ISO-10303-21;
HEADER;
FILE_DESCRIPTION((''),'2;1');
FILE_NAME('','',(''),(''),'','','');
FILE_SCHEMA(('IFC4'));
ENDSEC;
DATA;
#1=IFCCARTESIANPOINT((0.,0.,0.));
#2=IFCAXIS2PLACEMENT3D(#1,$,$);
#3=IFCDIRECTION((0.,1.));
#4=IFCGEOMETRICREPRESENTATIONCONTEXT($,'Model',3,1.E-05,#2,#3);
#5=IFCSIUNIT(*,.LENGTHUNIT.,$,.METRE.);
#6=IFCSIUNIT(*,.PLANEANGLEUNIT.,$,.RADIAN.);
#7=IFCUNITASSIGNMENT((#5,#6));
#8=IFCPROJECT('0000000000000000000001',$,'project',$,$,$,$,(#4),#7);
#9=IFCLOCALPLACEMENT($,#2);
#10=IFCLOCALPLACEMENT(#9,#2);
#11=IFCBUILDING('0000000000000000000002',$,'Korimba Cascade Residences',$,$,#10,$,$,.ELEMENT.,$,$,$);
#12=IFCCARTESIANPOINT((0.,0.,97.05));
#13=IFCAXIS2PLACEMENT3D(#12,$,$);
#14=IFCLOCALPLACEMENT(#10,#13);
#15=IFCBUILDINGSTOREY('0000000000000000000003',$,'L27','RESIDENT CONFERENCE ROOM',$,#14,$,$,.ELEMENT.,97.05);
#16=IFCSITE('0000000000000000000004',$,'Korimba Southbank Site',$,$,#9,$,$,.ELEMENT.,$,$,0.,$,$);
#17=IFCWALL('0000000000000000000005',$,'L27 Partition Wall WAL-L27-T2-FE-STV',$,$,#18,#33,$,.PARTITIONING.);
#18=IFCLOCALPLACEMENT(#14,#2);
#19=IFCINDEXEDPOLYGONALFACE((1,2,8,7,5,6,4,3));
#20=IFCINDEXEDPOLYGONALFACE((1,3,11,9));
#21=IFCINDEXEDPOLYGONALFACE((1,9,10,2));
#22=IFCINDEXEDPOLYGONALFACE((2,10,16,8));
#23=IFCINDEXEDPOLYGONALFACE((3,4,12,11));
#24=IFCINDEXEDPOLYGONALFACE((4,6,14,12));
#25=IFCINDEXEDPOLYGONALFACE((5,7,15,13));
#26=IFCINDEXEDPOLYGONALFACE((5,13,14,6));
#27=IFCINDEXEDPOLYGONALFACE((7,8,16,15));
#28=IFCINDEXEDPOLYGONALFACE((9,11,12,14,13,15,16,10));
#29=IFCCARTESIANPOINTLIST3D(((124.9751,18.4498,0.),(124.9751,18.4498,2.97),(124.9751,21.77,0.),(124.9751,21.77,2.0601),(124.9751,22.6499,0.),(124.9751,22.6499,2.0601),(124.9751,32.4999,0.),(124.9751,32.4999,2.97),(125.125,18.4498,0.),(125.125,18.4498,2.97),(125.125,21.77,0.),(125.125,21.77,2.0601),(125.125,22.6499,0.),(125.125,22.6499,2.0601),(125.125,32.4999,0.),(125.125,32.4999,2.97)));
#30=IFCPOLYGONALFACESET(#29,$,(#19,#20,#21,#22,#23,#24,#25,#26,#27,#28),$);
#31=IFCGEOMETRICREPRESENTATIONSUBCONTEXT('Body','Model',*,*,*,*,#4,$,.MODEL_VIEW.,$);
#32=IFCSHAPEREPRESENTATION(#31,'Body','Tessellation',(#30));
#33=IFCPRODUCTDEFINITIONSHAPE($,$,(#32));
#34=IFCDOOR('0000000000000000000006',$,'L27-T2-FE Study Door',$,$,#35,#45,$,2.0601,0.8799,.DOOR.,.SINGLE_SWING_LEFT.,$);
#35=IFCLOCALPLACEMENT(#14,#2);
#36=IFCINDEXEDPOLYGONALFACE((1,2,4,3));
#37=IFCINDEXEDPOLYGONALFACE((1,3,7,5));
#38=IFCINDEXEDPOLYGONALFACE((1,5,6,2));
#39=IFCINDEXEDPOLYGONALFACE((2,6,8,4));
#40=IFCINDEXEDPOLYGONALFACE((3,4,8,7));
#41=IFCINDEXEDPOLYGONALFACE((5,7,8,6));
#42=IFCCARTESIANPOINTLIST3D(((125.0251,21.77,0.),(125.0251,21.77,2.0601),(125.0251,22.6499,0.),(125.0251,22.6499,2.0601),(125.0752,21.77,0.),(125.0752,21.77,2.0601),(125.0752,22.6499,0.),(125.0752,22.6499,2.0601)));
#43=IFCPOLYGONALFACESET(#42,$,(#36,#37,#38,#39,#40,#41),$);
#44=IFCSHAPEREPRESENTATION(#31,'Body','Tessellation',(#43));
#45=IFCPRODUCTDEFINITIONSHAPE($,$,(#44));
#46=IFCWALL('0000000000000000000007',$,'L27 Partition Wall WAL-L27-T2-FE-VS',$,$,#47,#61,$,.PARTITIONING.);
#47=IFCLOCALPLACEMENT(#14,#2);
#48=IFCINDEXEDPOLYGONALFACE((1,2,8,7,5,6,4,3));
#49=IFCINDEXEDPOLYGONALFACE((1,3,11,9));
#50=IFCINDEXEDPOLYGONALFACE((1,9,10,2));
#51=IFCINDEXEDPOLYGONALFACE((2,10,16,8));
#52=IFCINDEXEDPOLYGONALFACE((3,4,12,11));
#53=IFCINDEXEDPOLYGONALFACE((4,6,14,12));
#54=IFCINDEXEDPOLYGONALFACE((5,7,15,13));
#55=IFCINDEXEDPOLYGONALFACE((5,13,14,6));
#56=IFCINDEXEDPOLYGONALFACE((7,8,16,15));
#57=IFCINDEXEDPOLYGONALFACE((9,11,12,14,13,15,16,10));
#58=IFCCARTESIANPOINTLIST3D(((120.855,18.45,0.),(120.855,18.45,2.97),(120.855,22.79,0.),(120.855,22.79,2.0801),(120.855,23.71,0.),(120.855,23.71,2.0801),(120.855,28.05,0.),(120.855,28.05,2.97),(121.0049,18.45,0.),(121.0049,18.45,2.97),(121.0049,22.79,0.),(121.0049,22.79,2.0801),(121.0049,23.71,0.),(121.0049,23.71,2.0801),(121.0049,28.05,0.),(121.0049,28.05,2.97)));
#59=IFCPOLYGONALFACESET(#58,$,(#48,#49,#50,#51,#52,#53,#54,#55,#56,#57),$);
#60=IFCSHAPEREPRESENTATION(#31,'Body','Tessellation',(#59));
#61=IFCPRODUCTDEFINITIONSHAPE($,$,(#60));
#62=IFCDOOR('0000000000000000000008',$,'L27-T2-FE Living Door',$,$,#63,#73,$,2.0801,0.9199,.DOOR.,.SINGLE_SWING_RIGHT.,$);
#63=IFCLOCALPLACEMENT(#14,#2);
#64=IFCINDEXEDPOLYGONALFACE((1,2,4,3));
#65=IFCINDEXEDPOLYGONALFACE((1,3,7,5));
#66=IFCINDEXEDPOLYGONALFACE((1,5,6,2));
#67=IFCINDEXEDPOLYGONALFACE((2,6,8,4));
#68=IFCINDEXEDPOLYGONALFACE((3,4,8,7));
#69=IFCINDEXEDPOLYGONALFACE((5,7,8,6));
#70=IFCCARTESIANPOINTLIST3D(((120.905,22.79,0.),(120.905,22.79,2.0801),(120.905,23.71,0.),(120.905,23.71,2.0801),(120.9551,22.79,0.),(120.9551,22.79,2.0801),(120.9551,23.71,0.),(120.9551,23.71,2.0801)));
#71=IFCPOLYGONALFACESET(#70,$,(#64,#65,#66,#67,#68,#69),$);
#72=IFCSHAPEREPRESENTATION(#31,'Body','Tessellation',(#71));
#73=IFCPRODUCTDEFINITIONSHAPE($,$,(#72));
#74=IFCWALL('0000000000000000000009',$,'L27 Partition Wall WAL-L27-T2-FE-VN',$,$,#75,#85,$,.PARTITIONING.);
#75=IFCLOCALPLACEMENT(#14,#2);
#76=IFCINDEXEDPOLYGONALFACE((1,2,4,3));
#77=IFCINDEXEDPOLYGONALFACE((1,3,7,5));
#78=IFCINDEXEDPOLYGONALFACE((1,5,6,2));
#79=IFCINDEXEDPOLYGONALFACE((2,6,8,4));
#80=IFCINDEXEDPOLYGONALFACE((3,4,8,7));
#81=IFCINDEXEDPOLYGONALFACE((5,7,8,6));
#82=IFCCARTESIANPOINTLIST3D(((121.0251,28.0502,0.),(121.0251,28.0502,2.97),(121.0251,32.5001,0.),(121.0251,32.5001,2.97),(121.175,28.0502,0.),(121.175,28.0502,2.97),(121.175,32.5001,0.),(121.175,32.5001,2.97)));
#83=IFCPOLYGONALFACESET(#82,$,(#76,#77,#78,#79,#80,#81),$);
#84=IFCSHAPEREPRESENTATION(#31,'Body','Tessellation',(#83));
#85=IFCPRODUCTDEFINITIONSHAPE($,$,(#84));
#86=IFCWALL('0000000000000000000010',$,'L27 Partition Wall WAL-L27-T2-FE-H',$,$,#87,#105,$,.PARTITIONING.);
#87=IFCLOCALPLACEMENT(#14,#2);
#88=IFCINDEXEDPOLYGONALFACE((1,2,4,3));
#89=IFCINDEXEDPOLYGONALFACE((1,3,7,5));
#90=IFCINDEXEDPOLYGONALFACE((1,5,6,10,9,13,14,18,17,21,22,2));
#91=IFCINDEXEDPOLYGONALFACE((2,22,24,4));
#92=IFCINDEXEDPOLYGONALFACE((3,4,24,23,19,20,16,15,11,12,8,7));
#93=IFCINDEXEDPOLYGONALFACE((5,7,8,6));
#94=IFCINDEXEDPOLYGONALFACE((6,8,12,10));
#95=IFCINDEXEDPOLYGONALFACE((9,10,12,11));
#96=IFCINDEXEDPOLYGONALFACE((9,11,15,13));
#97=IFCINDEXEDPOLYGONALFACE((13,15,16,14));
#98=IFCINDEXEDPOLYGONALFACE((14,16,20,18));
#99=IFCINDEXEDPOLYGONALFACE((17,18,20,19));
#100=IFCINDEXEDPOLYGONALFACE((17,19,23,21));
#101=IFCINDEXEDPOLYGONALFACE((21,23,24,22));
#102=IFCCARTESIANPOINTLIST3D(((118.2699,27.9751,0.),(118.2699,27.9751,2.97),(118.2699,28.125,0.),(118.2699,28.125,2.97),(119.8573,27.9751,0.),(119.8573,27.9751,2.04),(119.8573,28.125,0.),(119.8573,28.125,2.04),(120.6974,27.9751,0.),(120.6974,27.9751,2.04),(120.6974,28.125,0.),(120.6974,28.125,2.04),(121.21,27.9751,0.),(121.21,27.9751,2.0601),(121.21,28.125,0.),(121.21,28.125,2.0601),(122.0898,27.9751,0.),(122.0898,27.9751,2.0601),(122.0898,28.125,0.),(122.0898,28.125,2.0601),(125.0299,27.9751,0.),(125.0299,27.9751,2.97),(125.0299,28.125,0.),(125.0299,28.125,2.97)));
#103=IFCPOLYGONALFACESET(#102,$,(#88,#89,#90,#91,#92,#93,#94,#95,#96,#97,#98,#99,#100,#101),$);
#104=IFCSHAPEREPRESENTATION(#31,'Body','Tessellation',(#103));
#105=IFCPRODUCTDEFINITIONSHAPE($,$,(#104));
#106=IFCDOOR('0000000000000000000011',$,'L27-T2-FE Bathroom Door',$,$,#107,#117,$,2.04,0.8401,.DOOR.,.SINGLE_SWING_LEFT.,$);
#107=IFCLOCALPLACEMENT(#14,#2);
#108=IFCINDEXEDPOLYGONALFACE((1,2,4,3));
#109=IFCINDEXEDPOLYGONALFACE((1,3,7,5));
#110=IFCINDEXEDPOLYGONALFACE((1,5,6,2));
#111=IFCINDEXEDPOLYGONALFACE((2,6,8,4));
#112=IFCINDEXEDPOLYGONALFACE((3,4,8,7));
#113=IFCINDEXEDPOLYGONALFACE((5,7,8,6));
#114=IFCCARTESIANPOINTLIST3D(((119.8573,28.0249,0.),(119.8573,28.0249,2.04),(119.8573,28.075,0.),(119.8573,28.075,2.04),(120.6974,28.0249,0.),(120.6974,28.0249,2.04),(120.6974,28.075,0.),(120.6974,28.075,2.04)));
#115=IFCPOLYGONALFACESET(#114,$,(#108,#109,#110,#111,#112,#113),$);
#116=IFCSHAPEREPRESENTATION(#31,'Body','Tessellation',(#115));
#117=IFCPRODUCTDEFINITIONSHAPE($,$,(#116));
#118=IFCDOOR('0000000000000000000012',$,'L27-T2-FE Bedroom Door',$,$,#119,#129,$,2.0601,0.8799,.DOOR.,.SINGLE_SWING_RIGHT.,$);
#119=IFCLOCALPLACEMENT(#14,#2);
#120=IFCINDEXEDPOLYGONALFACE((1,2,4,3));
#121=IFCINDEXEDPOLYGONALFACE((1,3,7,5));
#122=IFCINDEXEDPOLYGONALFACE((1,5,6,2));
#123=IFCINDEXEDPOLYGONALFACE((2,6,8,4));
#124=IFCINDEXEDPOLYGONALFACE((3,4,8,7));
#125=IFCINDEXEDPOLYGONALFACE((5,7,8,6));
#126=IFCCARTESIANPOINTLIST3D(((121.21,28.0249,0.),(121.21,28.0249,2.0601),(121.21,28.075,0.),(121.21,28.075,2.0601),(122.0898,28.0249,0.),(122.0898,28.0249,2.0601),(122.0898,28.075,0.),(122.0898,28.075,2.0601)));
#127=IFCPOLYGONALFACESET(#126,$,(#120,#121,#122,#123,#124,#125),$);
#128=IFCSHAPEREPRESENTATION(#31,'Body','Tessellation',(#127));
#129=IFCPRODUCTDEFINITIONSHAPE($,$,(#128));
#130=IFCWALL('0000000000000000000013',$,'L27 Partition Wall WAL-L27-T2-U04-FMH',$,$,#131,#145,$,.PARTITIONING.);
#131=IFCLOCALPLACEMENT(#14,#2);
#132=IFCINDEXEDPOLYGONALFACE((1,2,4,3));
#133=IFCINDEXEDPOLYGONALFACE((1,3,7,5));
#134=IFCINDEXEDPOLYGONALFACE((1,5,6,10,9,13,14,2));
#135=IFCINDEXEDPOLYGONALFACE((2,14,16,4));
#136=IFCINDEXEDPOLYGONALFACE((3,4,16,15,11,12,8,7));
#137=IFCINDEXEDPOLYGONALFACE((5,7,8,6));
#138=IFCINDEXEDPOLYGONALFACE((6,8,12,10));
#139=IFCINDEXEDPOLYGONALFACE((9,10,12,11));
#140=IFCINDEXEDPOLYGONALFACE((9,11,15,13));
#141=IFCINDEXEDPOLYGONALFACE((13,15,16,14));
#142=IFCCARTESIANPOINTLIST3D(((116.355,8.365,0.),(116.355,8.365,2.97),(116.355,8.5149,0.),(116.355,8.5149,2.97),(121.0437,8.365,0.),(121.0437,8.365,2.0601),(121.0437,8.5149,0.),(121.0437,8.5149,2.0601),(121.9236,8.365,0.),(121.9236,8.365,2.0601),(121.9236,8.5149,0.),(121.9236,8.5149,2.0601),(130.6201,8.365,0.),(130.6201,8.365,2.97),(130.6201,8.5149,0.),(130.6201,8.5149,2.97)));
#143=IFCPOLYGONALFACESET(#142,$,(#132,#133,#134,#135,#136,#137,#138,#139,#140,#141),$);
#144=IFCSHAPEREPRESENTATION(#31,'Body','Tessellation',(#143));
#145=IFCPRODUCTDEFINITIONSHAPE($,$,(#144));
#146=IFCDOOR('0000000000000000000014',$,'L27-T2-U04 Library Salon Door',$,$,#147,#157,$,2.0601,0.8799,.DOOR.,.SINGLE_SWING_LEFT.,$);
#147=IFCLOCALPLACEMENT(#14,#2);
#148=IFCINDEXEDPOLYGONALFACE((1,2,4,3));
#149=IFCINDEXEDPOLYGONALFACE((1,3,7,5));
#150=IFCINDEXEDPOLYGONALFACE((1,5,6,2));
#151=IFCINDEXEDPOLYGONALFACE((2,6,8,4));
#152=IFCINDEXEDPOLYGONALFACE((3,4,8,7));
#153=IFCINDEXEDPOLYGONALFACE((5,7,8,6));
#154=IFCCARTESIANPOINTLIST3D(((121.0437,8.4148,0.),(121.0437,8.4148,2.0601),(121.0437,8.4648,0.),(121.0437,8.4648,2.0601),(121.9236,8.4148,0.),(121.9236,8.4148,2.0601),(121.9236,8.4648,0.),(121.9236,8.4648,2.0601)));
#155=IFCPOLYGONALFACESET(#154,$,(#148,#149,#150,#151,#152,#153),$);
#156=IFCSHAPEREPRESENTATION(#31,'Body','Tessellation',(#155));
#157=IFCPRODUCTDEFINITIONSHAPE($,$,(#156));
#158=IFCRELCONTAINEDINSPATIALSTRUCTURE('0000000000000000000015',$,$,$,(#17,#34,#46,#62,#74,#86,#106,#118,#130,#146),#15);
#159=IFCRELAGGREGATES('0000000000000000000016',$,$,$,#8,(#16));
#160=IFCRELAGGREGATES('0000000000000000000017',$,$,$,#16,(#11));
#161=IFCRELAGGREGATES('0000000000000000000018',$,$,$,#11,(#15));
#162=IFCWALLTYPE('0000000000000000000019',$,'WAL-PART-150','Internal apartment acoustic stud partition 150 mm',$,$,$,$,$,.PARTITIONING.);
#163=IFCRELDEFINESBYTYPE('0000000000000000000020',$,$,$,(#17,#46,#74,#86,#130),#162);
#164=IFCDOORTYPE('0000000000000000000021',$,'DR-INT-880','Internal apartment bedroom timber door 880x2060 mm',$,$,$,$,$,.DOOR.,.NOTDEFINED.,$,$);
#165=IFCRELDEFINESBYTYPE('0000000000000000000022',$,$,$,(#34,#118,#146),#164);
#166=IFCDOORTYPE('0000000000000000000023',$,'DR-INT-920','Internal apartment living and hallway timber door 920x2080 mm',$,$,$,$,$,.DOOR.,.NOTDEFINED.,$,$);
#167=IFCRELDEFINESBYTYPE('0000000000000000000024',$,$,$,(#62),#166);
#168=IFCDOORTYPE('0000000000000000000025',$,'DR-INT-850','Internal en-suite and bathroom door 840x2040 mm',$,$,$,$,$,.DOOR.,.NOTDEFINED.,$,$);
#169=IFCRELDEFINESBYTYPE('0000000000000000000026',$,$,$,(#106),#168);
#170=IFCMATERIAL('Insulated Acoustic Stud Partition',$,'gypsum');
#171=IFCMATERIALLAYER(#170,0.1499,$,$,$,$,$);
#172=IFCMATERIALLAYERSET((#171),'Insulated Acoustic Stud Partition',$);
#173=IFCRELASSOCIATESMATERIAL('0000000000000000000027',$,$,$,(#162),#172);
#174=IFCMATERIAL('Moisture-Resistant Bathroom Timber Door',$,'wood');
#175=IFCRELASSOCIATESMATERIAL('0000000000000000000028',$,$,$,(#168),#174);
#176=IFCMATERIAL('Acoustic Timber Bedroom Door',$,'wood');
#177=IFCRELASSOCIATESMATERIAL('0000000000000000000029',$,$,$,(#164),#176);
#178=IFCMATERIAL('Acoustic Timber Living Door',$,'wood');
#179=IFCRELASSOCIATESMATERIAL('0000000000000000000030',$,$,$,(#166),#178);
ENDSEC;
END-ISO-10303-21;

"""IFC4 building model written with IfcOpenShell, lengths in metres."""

from ifc_helpers import new_model, si_unit, direction, frame, frame_2d, origin, place, context, subcontext, project, spatial, rectangle, extrude, material, layer, layer_set, type_object, element, fill, save


model = new_model("IFC4")

# Units and contexts
model_context = context("Model", 3, precision=1e-05, world=origin(), true_north=direction((0.0, 1.0)))
body_context = subcontext(model_context, "Body", "Model", "MODEL_VIEW")
ifc_project = project(units=[si_unit("LENGTHUNIT", "METRE"), si_unit("PLANEANGLEUNIT", "RADIAN")], contexts=[model_context])

# Site, building, storey
site_placement = place(None, origin())
site = spatial("IfcSite", under=ifc_project, at=site_placement, Name="Korimba Southbank Site", CompositionType="ELEMENT", RefElevation=0.0)
building_placement = place(site_placement, origin())
building = spatial("IfcBuilding", under=site, at=building_placement, Name="Korimba Cascade Residences", CompositionType="ELEMENT")
storey_placement = place(building_placement, frame((0.0, 0.0, 97.05)))
storey = spatial("IfcBuildingStorey", under=building, at=storey_placement, Name="L27", Description="RESIDENT CONFERENCE ROOM", CompositionType="ELEMENT", Elevation=97.05)

# Walls, openings, doors
ifc_material_1 = material(Name="Insulated Acoustic Stud Partition", Category="gypsum")
ifc_layer_1 = layer(ifc_material_1, 0.1499)
ifc_layer_set_1 = layer_set([ifc_layer_1], Name="Insulated Acoustic Stud Partition")
wall_type_1 = type_object("IfcWallType", Name="WAL-PART-150", Description="Internal apartment acoustic stud partition 150 mm", PredefinedType="PARTITIONING", material=ifc_layer_set_1)
ifc_material_2 = material(Name="Moisture-Resistant Bathroom Timber Door", Category="wood")
door_type_1 = type_object("IfcDoorType", Name="DR-INT-850", Description="Internal en-suite and bathroom door 840x2040 mm", OperationType="NOTDEFINED", PredefinedType="DOOR", material=ifc_material_2)
wall_1_placement = place(storey_placement, frame((125.05, 18.45, 0.0), z_axis=(0.0, 0.0, 1.0), x_axis=(0.0, 1.0, 0.0)))
wall_1 = element("IfcWall", 1, at=wall_1_placement, inside=storey, type_object=wall_type_1, Name="L27 Partition Wall WAL-L27-T2-FE-STV", PredefinedType="PARTITIONING", context=body_context, shape_type="SweptSolid", body=[
    extrude(rectangle(XDim=14.05, YDim=0.1499, at=frame_2d((7.0249, 0.0))), origin(), (0.0, 0.0, 1.0), 2.97),
])
opening_1_placement = place(wall_1_placement, frame((3.3201, 0.0, 0.0)))
opening_1 = element("IfcOpeningElement", 2, at=opening_1_placement, cuts=wall_1, PredefinedType="OPENING", context=body_context, shape_type="SweptSolid", body=[
    extrude(rectangle(XDim=0.8799, YDim=2.0601, at=frame_2d((0.4399, 1.03))), frame((0.0, 0.085, 0.0), z_axis=(0.0, -1.0, 0.0), x_axis=(1.0, 0.0, 0.0)), (0.0, 0.0, 1.0), 0.1699),
])
ifc_material_3 = material(Name="Acoustic Timber Bedroom Door", Category="wood")
door_type_2 = type_object("IfcDoorType", Name="DR-INT-880", Description="Internal apartment bedroom timber door 880x2060 mm", OperationType="NOTDEFINED", PredefinedType="DOOR", material=ifc_material_3)
door_1_placement = place(opening_1_placement, origin())
door_1 = element("IfcDoor", 3, at=door_1_placement, inside=storey, type_object=door_type_2, Name="L27-T2-FE Study Door", OperationType="SINGLE_SWING_LEFT", OverallHeight=2.0601, OverallWidth=0.8799, PredefinedType="DOOR", context=body_context, shape_type="SweptSolid", body=[
    extrude(rectangle(XDim=0.8799, YDim=2.0601, at=frame_2d((0.4399, 1.03))), frame((0.0, 0.0249, 0.0), z_axis=(0.0, -1.0, 0.0), x_axis=(1.0, 0.0, 0.0)), (0.0, 0.0, 1.0), 0.05),
])
fill(opening_1, door_1)
wall_2_placement = place(storey_placement, frame((120.9299, 18.45, 0.0), z_axis=(0.0, 0.0, 1.0), x_axis=(0.0, 1.0, 0.0)))
wall_2 = element("IfcWall", 4, at=wall_2_placement, inside=storey, type_object=wall_type_1, Name="L27 Partition Wall WAL-L27-T2-FE-VS", PredefinedType="PARTITIONING", context=body_context, shape_type="SweptSolid", body=[
    extrude(rectangle(XDim=9.6001, YDim=0.1499, at=frame_2d((4.8, 0.0))), origin(), (0.0, 0.0, 1.0), 2.97),
])
opening_2_placement = place(wall_2_placement, frame((4.3401, 0.0, 0.0)))
opening_2 = element("IfcOpeningElement", 5, at=opening_2_placement, cuts=wall_2, PredefinedType="OPENING", context=body_context, shape_type="SweptSolid", body=[
    extrude(rectangle(XDim=0.9199, YDim=2.0801, at=frame_2d((0.46, 1.04))), frame((0.0, 0.085, 0.0), z_axis=(0.0, -1.0, 0.0), x_axis=(1.0, 0.0, 0.0)), (0.0, 0.0, 1.0), 0.1699),
])
ifc_material_4 = material(Name="Acoustic Timber Living Door", Category="wood")
door_type_3 = type_object("IfcDoorType", Name="DR-INT-920", Description="Internal apartment living and hallway timber door 920x2080 mm", OperationType="NOTDEFINED", PredefinedType="DOOR", material=ifc_material_4)
door_2_placement = place(opening_2_placement, origin())
door_2 = element("IfcDoor", 6, at=door_2_placement, inside=storey, type_object=door_type_3, Name="L27-T2-FE Living Door", OperationType="SINGLE_SWING_RIGHT", OverallHeight=2.0801, OverallWidth=0.9199, PredefinedType="DOOR", context=body_context, shape_type="SweptSolid", body=[
    extrude(rectangle(XDim=0.9199, YDim=2.0801, at=frame_2d((0.46, 1.04))), frame((0.0, 0.0249, 0.0), z_axis=(0.0, -1.0, 0.0), x_axis=(1.0, 0.0, 0.0)), (0.0, 0.0, 1.0), 0.05),
])
fill(opening_2, door_2)

# Wall
wall_3_placement = place(storey_placement, frame((121.1001, 28.05, 0.0), z_axis=(0.0, 0.0, 1.0), x_axis=(0.0, 1.0, 0.0)))
element("IfcWall", 7, at=wall_3_placement, inside=storey, type_object=wall_type_1, Name="L27 Partition Wall WAL-L27-T2-FE-VN", PredefinedType="PARTITIONING", context=body_context, shape_type="SweptSolid", body=[
    extrude(rectangle(XDim=4.45, YDim=0.1499, at=frame_2d((2.2251, 0.0))), origin(), (0.0, 0.0, 1.0), 2.97),
])

# Wall, openings, doors
wall_4_placement = place(storey_placement, frame((118.27, 28.05, 0.0), z_axis=(0.0, 0.0, 1.0), x_axis=(1.0, 0.0, 0.0)))
wall_4 = element("IfcWall", 8, at=wall_4_placement, inside=storey, type_object=wall_type_1, Name="L27 Partition Wall WAL-L27-T2-FE-H", PredefinedType="PARTITIONING", context=body_context, shape_type="SweptSolid", body=[
    extrude(rectangle(XDim=6.76, YDim=0.1499, at=frame_2d((3.3799, 0.0))), origin(), (0.0, 0.0, 1.0), 2.97),
])
opening_3_placement = place(wall_4_placement, frame((1.5874, 0.0, 0.0)))
opening_3 = element("IfcOpeningElement", 9, at=opening_3_placement, cuts=wall_4, PredefinedType="OPENING", context=body_context, shape_type="SweptSolid", body=[
    extrude(rectangle(XDim=0.8401, YDim=2.04, at=frame_2d((0.4199, 1.02))), frame((0.0, 0.085, 0.0), z_axis=(0.0, -1.0, 0.0), x_axis=(1.0, 0.0, 0.0)), (0.0, 0.0, 1.0), 0.1699),
])
opening_4_placement = place(wall_4_placement, frame((2.9399, 0.0, 0.0)))
opening_4 = element("IfcOpeningElement", 10, at=opening_4_placement, cuts=wall_4, PredefinedType="OPENING", context=body_context, shape_type="SweptSolid", body=[
    extrude(rectangle(XDim=0.8799, YDim=2.0601, at=frame_2d((0.4399, 1.03))), frame((0.0, 0.085, 0.0), z_axis=(0.0, -1.0, 0.0), x_axis=(1.0, 0.0, 0.0)), (0.0, 0.0, 1.0), 0.1699),
])
door_3_placement = place(opening_3_placement, origin())
door_3 = element("IfcDoor", 11, at=door_3_placement, inside=storey, type_object=door_type_1, Name="L27-T2-FE Bathroom Door", OperationType="SINGLE_SWING_LEFT", OverallHeight=2.04, OverallWidth=0.8401, PredefinedType="DOOR", context=body_context, shape_type="SweptSolid", body=[
    extrude(rectangle(XDim=0.8401, YDim=2.04, at=frame_2d((0.4199, 1.02))), frame((0.0, 0.0249, 0.0), z_axis=(0.0, -1.0, 0.0), x_axis=(1.0, 0.0, 0.0)), (0.0, 0.0, 1.0), 0.05),
])
fill(opening_3, door_3)
door_4_placement = place(opening_4_placement, origin())
door_4 = element("IfcDoor", 12, at=door_4_placement, inside=storey, type_object=door_type_2, Name="L27-T2-FE Bedroom Door", OperationType="SINGLE_SWING_RIGHT", OverallHeight=2.0601, OverallWidth=0.8799, PredefinedType="DOOR", context=body_context, shape_type="SweptSolid", body=[
    extrude(rectangle(XDim=0.8799, YDim=2.0601, at=frame_2d((0.4399, 1.03))), frame((0.0, 0.0249, 0.0), z_axis=(0.0, -1.0, 0.0), x_axis=(1.0, 0.0, 0.0)), (0.0, 0.0, 1.0), 0.05),
])
fill(opening_4, door_4)

# Wall, opening, door
wall_5_placement = place(storey_placement, frame((116.355, 8.4399, 0.0), z_axis=(0.0, 0.0, 1.0), x_axis=(1.0, 0.0, 0.0)))
wall_5 = element("IfcWall", 13, at=wall_5_placement, inside=storey, type_object=wall_type_1, Name="L27 Partition Wall WAL-L27-T2-U04-FMH", PredefinedType="PARTITIONING", context=body_context, shape_type="SweptSolid", body=[
    extrude(rectangle(XDim=14.2651, YDim=0.1499, at=frame_2d((7.1326, 0.0))), origin(), (0.0, 0.0, 1.0), 2.97),
])
opening_5_placement = place(wall_5_placement, frame((4.6887, 0.0, 0.0)))
opening_5 = element("IfcOpeningElement", 14, at=opening_5_placement, cuts=wall_5, PredefinedType="OPENING", context=body_context, shape_type="SweptSolid", body=[
    extrude(rectangle(XDim=0.8799, YDim=2.0601, at=frame_2d((0.4399, 1.03))), frame((0.0, 0.085, 0.0), z_axis=(0.0, -1.0, 0.0), x_axis=(1.0, 0.0, 0.0)), (0.0, 0.0, 1.0), 0.1699),
])
door_5_placement = place(opening_5_placement, origin())
door_5 = element("IfcDoor", 15, at=door_5_placement, inside=storey, type_object=door_type_2, Name="L27-T2-U04 Library Salon Door", OperationType="SINGLE_SWING_LEFT", OverallHeight=2.0601, OverallWidth=0.8799, PredefinedType="DOOR", context=body_context, shape_type="SweptSolid", body=[
    extrude(rectangle(XDim=0.8799, YDim=2.0601, at=frame_2d((0.4399, 1.03))), frame((0.0, 0.0249, 0.0), z_axis=(0.0, -1.0, 0.0), x_axis=(1.0, 0.0, 0.0)), (0.0, 0.0, 1.0), 0.05),
])
fill(opening_5, door_5)

save(model, "model.ifc")
